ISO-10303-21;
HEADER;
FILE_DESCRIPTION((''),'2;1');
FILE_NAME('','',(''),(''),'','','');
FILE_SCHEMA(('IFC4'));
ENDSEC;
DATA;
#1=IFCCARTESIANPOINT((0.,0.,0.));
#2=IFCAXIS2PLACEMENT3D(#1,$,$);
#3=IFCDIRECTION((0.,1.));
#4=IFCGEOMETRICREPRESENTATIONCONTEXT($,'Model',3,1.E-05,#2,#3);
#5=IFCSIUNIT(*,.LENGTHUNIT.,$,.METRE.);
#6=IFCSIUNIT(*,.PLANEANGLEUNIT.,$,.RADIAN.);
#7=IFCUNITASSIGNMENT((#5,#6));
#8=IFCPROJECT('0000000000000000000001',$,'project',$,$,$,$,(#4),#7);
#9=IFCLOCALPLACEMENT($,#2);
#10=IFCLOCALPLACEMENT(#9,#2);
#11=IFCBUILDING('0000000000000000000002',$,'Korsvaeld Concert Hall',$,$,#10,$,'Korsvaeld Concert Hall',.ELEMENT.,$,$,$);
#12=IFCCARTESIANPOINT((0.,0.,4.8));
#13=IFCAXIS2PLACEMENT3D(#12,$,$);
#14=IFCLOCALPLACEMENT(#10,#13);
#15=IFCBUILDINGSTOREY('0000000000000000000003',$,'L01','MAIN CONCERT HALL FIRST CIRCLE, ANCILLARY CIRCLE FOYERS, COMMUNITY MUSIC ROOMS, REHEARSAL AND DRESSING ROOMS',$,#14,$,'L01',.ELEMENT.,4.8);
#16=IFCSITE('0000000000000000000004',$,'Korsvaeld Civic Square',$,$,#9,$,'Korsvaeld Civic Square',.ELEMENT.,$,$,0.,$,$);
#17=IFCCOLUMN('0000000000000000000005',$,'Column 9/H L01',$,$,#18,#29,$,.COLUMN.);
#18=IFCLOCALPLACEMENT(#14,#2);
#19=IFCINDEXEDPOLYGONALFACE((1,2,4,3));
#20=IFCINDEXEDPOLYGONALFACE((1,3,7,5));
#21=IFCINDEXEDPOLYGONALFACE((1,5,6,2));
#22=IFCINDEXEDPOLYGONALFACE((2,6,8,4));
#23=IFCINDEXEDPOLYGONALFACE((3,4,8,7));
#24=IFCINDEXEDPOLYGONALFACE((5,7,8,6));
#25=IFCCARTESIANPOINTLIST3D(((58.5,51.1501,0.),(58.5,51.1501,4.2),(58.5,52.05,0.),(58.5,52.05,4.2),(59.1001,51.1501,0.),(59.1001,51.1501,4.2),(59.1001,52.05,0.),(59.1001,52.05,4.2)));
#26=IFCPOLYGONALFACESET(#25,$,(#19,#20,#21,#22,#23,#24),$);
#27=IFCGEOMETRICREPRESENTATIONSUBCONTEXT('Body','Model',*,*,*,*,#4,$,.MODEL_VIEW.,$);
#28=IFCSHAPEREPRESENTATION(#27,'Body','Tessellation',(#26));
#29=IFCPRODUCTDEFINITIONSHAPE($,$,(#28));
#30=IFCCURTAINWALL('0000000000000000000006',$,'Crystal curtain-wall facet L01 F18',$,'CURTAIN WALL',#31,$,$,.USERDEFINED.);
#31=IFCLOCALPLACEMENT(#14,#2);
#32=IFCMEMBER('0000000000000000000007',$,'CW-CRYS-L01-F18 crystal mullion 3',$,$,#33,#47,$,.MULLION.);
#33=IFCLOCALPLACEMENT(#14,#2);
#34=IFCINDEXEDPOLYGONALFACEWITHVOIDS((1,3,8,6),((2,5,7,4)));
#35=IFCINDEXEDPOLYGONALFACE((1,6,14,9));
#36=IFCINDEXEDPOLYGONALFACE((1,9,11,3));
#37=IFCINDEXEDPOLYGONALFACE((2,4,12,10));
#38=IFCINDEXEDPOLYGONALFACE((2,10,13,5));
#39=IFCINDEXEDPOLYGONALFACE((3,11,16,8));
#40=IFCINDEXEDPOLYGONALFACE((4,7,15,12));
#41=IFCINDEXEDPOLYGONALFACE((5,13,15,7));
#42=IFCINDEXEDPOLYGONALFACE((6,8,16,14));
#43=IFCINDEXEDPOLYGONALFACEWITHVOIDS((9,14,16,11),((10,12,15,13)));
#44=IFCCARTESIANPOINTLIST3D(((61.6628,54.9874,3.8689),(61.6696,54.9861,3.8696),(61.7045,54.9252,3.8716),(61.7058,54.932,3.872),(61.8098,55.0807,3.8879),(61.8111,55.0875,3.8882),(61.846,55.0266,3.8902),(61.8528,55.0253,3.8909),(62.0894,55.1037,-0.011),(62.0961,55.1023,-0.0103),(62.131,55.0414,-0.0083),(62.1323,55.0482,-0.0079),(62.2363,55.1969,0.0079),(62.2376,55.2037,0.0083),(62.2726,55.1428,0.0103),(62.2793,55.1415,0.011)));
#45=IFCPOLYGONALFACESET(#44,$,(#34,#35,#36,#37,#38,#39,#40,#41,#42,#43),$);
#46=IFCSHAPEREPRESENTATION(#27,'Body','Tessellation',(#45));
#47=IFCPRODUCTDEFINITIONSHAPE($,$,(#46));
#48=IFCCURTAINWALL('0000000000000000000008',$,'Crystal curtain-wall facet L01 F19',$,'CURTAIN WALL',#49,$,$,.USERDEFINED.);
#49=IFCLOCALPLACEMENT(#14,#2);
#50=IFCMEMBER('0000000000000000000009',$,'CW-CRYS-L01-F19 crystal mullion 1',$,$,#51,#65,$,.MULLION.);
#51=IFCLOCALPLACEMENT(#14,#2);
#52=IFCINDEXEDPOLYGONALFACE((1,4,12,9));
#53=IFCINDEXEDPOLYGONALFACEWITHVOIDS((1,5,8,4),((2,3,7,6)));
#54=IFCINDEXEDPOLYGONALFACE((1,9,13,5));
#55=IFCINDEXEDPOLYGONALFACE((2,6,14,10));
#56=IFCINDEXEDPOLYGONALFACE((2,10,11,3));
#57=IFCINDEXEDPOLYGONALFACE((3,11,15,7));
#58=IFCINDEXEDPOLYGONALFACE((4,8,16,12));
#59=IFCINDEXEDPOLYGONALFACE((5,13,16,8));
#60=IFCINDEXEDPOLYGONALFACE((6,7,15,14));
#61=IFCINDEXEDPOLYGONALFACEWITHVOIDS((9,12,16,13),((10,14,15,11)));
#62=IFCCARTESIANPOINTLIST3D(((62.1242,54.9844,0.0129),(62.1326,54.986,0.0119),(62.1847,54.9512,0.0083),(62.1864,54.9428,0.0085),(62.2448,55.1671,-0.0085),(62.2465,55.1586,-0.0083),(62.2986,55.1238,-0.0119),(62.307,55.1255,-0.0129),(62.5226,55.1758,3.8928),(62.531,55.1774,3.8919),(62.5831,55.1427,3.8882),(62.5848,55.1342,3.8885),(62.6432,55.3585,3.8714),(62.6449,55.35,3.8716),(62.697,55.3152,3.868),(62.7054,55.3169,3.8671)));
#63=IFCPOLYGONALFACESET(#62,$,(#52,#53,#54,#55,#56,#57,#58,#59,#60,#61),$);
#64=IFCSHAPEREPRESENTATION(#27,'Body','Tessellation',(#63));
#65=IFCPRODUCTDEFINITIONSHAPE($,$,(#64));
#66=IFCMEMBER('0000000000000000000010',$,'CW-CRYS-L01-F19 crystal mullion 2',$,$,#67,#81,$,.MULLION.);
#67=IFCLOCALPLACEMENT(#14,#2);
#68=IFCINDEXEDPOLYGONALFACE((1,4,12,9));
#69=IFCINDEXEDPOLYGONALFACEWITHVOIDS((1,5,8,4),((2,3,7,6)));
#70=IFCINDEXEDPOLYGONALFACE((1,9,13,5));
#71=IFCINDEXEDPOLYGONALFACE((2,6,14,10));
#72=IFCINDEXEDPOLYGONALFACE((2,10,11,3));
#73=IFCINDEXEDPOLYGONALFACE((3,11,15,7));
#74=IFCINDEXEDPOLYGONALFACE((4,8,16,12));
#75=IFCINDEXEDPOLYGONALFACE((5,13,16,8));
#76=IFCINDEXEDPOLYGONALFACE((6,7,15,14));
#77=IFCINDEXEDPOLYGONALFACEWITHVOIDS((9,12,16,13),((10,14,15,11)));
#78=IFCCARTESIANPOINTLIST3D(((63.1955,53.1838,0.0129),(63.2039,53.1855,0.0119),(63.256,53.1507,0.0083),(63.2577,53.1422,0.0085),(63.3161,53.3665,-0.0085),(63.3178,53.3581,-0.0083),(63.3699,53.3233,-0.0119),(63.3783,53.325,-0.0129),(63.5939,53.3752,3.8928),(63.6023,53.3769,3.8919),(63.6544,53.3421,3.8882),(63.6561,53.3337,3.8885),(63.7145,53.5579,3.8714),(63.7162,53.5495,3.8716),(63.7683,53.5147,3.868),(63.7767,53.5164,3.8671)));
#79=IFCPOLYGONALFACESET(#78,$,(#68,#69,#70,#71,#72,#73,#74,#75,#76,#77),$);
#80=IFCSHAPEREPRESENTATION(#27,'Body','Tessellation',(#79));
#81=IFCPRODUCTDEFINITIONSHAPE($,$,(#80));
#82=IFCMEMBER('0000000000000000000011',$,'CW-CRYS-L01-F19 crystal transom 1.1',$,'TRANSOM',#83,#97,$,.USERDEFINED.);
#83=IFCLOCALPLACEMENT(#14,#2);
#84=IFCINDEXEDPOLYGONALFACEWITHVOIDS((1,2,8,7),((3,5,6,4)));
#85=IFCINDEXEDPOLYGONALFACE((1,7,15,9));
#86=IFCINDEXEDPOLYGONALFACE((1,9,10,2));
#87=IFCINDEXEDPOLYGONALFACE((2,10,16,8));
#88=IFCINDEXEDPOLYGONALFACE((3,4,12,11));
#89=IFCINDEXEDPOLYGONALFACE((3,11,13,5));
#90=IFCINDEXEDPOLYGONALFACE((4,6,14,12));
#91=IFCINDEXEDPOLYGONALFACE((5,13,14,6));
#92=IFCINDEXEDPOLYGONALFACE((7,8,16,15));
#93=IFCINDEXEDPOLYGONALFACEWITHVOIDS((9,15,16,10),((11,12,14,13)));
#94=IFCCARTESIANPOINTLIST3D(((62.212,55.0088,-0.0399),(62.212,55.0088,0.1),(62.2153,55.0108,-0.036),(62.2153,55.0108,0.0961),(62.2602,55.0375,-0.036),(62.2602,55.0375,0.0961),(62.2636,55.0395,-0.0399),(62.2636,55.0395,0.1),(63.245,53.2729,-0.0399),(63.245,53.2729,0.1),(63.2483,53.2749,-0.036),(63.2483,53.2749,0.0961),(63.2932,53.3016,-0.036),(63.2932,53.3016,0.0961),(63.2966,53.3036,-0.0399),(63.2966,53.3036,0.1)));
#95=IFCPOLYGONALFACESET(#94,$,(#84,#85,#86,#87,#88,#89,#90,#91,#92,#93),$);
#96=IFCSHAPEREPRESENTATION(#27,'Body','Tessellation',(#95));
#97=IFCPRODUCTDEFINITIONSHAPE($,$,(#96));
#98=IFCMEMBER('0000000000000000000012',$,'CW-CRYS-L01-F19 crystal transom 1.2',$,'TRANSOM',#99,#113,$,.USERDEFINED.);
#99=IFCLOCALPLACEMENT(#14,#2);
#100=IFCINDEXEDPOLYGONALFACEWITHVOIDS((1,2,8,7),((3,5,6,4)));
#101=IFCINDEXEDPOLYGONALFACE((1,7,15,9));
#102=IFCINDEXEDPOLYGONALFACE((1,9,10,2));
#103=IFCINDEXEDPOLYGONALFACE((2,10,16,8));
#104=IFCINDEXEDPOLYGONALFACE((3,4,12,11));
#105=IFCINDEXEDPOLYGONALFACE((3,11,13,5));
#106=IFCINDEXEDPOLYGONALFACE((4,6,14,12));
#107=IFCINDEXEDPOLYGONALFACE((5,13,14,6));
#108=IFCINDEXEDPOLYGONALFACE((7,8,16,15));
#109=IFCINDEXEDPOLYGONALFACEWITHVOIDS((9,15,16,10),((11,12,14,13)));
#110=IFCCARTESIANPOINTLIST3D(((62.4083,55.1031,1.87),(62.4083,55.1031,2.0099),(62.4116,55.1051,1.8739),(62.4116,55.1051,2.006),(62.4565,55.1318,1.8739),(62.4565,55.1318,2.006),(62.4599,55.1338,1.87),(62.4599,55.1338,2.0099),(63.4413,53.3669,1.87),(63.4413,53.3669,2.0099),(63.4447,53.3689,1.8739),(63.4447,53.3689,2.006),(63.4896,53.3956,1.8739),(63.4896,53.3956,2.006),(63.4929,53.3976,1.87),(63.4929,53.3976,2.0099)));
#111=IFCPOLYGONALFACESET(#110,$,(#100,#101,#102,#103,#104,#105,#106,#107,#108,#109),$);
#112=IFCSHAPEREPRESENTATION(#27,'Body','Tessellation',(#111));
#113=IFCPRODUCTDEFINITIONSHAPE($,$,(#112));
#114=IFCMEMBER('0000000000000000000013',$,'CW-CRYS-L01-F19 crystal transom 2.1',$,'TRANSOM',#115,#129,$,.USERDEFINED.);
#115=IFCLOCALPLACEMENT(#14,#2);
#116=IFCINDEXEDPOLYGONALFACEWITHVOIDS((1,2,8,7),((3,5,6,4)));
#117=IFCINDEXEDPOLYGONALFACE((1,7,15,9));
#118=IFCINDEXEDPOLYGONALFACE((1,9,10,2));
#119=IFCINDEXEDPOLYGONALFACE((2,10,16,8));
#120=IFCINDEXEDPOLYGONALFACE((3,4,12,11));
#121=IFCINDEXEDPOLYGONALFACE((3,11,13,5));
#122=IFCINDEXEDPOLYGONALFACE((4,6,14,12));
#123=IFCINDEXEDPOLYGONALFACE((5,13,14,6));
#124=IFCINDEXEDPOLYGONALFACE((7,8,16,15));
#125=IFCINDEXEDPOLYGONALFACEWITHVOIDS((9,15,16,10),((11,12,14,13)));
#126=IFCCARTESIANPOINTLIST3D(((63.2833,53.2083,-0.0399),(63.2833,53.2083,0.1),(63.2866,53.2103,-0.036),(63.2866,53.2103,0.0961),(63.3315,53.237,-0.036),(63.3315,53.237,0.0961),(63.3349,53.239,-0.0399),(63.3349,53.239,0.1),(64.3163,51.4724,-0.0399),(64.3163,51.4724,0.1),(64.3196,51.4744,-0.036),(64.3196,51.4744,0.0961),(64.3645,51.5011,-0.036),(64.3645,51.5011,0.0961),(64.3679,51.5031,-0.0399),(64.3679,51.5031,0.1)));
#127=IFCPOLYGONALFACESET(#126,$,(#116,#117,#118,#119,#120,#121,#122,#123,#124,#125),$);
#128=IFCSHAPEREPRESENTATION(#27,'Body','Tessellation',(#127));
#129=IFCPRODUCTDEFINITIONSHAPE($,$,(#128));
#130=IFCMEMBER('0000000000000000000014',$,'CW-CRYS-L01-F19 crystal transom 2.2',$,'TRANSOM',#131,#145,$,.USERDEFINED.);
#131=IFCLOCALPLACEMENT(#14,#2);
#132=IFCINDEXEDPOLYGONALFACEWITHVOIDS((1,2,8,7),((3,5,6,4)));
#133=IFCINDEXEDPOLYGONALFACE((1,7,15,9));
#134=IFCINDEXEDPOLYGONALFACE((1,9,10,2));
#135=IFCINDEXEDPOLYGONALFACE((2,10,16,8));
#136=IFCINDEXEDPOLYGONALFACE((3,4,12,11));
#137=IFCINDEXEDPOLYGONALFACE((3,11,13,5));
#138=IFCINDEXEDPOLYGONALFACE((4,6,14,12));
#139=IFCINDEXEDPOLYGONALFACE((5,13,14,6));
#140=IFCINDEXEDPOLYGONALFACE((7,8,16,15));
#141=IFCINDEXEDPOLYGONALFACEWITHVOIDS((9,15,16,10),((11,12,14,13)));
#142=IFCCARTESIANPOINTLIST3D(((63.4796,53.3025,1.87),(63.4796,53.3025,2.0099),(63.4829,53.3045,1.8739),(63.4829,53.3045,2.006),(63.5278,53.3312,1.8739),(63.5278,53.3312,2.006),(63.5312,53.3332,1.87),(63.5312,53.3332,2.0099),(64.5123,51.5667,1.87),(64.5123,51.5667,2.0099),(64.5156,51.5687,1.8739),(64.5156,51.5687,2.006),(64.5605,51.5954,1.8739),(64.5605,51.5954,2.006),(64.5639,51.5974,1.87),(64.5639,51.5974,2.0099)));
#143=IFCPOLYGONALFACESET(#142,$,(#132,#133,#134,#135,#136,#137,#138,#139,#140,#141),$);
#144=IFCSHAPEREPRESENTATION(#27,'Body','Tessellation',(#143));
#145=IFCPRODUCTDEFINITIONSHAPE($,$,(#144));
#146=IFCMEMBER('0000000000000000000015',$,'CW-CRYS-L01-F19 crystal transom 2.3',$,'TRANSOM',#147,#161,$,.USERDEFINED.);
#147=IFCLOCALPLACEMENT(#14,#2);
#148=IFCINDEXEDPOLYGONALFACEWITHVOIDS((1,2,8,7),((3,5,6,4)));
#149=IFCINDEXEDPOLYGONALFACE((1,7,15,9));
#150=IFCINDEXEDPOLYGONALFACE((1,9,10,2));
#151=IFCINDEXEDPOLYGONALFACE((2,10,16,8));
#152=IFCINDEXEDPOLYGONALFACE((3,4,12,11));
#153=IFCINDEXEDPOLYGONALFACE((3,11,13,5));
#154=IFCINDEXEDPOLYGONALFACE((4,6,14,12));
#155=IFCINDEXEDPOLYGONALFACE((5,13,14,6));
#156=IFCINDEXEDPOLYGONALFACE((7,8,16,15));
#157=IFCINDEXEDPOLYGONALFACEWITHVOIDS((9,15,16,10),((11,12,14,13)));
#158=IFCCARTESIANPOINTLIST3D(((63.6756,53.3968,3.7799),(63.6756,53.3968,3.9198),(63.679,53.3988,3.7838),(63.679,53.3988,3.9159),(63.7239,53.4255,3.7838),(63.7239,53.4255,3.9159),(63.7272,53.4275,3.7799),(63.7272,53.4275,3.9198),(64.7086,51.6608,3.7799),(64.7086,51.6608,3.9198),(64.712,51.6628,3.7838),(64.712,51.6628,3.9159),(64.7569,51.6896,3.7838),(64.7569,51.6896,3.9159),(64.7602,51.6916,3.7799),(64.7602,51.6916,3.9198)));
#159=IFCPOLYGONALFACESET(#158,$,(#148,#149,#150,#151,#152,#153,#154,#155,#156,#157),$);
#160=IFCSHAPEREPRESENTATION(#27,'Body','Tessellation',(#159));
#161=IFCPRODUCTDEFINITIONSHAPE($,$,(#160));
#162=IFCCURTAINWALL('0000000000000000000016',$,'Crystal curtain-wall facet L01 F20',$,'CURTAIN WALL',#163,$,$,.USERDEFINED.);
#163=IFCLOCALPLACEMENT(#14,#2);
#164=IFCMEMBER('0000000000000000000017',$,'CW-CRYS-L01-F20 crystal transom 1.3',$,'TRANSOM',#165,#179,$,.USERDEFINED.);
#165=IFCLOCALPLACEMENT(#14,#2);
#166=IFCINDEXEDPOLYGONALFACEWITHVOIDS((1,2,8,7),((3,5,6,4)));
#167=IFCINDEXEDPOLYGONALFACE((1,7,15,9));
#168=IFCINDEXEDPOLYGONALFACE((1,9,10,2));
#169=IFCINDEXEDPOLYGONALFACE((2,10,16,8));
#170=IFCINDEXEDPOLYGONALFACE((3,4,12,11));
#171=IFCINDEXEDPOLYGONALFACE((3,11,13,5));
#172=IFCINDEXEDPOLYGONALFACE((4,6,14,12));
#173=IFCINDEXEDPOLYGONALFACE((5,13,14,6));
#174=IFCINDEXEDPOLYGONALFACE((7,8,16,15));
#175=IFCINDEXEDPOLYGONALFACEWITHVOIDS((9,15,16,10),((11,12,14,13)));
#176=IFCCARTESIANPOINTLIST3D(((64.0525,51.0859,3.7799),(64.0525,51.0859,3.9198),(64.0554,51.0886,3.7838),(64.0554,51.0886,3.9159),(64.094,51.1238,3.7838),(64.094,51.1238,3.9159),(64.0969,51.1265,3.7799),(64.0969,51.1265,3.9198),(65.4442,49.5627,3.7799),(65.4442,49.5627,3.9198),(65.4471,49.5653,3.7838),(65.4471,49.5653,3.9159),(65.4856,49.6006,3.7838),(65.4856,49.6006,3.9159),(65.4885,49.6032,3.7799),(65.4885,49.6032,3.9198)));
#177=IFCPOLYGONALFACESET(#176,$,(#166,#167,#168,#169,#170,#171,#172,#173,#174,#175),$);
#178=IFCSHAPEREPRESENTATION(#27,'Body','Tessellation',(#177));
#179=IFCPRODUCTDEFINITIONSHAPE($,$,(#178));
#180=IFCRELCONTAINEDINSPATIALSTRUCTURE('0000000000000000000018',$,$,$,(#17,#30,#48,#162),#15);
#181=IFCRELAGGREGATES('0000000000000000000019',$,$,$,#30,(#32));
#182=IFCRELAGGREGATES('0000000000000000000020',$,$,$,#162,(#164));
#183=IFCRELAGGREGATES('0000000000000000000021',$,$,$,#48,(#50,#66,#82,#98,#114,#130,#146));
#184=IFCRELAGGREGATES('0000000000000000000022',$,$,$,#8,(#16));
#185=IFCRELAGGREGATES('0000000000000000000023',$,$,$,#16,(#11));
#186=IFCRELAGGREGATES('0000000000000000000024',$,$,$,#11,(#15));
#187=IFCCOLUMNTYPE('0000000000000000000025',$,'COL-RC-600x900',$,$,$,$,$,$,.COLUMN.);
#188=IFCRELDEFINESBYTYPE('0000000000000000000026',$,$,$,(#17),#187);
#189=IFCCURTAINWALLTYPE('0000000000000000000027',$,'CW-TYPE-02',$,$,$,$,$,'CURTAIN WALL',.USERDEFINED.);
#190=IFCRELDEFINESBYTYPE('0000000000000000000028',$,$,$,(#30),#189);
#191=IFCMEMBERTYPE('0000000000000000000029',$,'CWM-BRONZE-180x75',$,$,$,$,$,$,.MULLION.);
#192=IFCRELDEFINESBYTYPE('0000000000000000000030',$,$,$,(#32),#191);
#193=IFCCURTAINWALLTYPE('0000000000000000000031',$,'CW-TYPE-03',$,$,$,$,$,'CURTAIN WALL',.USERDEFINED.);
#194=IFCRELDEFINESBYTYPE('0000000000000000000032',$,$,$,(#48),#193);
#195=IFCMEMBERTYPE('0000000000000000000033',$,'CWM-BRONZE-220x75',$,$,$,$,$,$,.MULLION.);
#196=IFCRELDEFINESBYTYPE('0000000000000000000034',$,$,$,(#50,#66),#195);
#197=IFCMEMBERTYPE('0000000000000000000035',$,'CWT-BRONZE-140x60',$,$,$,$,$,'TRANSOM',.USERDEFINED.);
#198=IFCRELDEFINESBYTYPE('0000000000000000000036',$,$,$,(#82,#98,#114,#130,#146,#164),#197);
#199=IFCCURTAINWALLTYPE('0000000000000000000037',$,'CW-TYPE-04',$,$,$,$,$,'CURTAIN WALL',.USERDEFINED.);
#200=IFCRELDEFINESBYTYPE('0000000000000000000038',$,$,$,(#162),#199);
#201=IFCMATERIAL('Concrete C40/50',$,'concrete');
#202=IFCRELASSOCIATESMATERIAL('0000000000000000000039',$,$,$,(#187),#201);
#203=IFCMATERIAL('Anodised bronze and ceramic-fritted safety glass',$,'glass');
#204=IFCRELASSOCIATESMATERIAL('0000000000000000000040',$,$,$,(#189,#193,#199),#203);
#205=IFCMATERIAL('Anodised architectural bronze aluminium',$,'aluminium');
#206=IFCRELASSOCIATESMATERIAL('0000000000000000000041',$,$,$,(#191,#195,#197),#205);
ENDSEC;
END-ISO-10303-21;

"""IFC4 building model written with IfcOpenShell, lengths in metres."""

from ifc_helpers import new_model, si_unit, direction, frame, origin, origin_2d, place, context, subcontext, project, spatial, rectangle, hollow_rectangle, extrude, material, material_profile, profile_set, type_object, element, aggregate, save


model = new_model("IFC4")

# Units and contexts
model_context = context("Model", 3, precision=1e-05, world=origin(), true_north=direction((0.0, 1.0)))
body_context = subcontext(model_context, "Body", "Model", "MODEL_VIEW")
ifc_project = project(units=[si_unit("LENGTHUNIT", "METRE"), si_unit("PLANEANGLEUNIT", "RADIAN")], contexts=[model_context])

# Site, building, storey
site_placement = place(None, origin())
site = spatial("IfcSite", under=ifc_project, at=site_placement, Name="Korsvaeld Civic Square", LongName="Korsvaeld Civic Square", CompositionType="ELEMENT", RefElevation=0.0)
building_placement = place(site_placement, origin())
building = spatial("IfcBuilding", under=site, at=building_placement, Name="Korsvaeld Concert Hall", LongName="Korsvaeld Concert Hall", CompositionType="ELEMENT")
storey_placement = place(building_placement, frame((0.0, 0.0, 4.8)))
storey = spatial("IfcBuildingStorey", under=building, at=storey_placement, Name="L01", Description="MAIN CONCERT HALL FIRST CIRCLE, ANCILLARY CIRCLE FOYERS, COMMUNITY MUSIC ROOMS, REHEARSAL AND DRESSING ROOMS", LongName="L01", CompositionType="ELEMENT", Elevation=4.8)

# Column
ifc_material_1 = material(Name="Concrete C40/50", Category="concrete")
ifc_material_profile_1 = material_profile(ifc_material_1, rectangle(XDim=0.6001, YDim=0.8999, at=origin_2d()), Name="RC 600x900")
ifc_profile_set_1 = profile_set([ifc_material_profile_1], Name="Concrete C40/50")
column_type = type_object("IfcColumnType", Name="COL-RC-600x900", PredefinedType="COLUMN", material=ifc_profile_set_1)
column_placement = place(storey_placement, frame((58.8, 51.6001, 0.0), z_axis=(0.0, 0.0, 1.0), x_axis=(1.0, 0.0, 0.0)))
element("IfcColumn", 1, at=column_placement, inside=storey, type_object=column_type, Name="Column 9/H L01", PredefinedType="COLUMN", context=body_context, shape_type="SweptSolid", body=[
    extrude(rectangle(XDim=0.6001, YDim=0.8999, at=origin_2d()), origin(), (0.0, 0.0, 1.0), 4.2),
])

# Curtain wall, member
ifc_material_2 = material(Name="Anodised bronze and ceramic-fritted safety glass", Category="glass")
curtain_wall_type_1 = type_object("IfcCurtainWallType", Name="CW-TYPE-02", ElementType="CURTAIN WALL", PredefinedType="USERDEFINED", material=ifc_material_2)
curtain_wall_1_placement = place(storey_placement, origin())
curtain_wall_1 = element("IfcCurtainWall", 2, at=curtain_wall_1_placement, inside=storey, type_object=curtain_wall_type_1, Name="Crystal curtain-wall facet L01 F18", ObjectType="CURTAIN WALL", PredefinedType="USERDEFINED")
ifc_material_3 = material(Name="Anodised architectural bronze aluminium", Category="aluminium")
ifc_material_profile_2 = material_profile(ifc_material_3, hollow_rectangle(XDim=0.075, YDim=0.1799, WallThickness=0.0049, at=origin_2d()), Name="CWM 180x75x5")
ifc_profile_set_2 = profile_set([ifc_material_profile_2], Name="Anodised architectural bronze aluminium")
member_type_1 = type_object("IfcMemberType", Name="CWM-BRONZE-180x75", PredefinedType="MULLION", material=ifc_profile_set_2)
member_1_placement = place(storey_placement, frame((62.1843, 55.1226, 0.0), z_axis=(-0.109223, -0.02976, 0.993572), x_axis=(0.555751, -0.830559, 0.036216)))
member_1 = element("IfcMember", 3, at=member_1_placement, type_object=member_type_1, Name="CW-CRYS-L01-F18 crystal mullion 3", PredefinedType="MULLION", context=body_context, shape_type="SweptSolid", body=[
    extrude(hollow_rectangle(XDim=0.075, YDim=0.1799, WallThickness=0.0049, at=origin_2d()), origin(), (0.0, 0.0, 1.0), 3.905),
])
aggregate(curtain_wall_1, [member_1])

# Curtain wall, members
curtain_wall_type_2 = type_object("IfcCurtainWallType", Name="CW-TYPE-03", ElementType="CURTAIN WALL", PredefinedType="USERDEFINED", material=ifc_material_2)
curtain_wall_2_placement = place(storey_placement, origin())
curtain_wall_2 = element("IfcCurtainWall", 4, at=curtain_wall_2_placement, inside=storey, type_object=curtain_wall_type_2, Name="Crystal curtain-wall facet L01 F19", ObjectType="CURTAIN WALL", PredefinedType="USERDEFINED")
ifc_material_profile_3 = material_profile(ifc_material_3, hollow_rectangle(XDim=0.075, YDim=0.22, WallThickness=0.0061, at=origin_2d()), Name="CWM 220x75x6")
ifc_profile_set_3 = profile_set([ifc_material_profile_3], Name="Anodised architectural bronze aluminium")
member_type_2 = type_object("IfcMemberType", Name="CWM-BRONZE-220x75", PredefinedType="MULLION", material=ifc_profile_set_3)
member_2_placement = place(storey_placement, frame((62.2156, 55.0549, 0.0), z_axis=(0.102033, 0.049016, 0.993573), x_axis=(-0.830086, 0.554624, 0.057883)))
member_2 = element("IfcMember", 5, at=member_2_placement, type_object=member_type_2, Name="CW-CRYS-L01-F19 crystal mullion 1", PredefinedType="MULLION", context=body_context, shape_type="SweptSolid", body=[
    extrude(hollow_rectangle(XDim=0.075, YDim=0.22, WallThickness=0.0061, at=origin_2d()), origin(), (0.0, 0.0, 1.0), 3.905),
])
member_3_placement = place(storey_placement, frame((63.2869, 53.2544, 0.0), z_axis=(0.102033, 0.049016, 0.993573), x_axis=(-0.830086, 0.554624, 0.057883)))
member_3 = element("IfcMember", 6, at=member_3_placement, type_object=member_type_2, Name="CW-CRYS-L01-F19 crystal mullion 2", PredefinedType="MULLION", context=body_context, shape_type="SweptSolid", body=[
    extrude(hollow_rectangle(XDim=0.075, YDim=0.22, WallThickness=0.0061, at=origin_2d()), origin(), (0.0, 0.0, 1.0), 3.905),
])
ifc_material_profile_4 = material_profile(ifc_material_3, hollow_rectangle(XDim=0.0601, YDim=0.1399, WallThickness=0.0039, at=origin_2d()), Name="CWT 140x60x4")
ifc_profile_set_4 = profile_set([ifc_material_profile_4], Name="Anodised architectural bronze aluminium")
member_type_3 = type_object("IfcMemberType", Name="CWT-BRONZE-140x60", ElementType="TRANSOM", PredefinedType="USERDEFINED", material=ifc_profile_set_4)
member_4_placement = place(storey_placement, frame((62.2378, 55.0242, 0.03), z_axis=(0.511382, -0.859354, 0.0), x_axis=(0.859354, 0.511382, 0.0)))
member_4 = element("IfcMember", 7, at=member_4_placement, type_object=member_type_3, Name="CW-CRYS-L01-F19 crystal transom 1.1", ObjectType="TRANSOM", PredefinedType="USERDEFINED", context=body_context, shape_type="SweptSolid", body=[
    extrude(hollow_rectangle(XDim=0.0601, YDim=0.1399, WallThickness=0.0039, at=origin_2d()), origin(), (0.0, 0.0, 1.0), 2.02),
])
member_5_placement = place(storey_placement, frame((62.4341, 55.1184, 1.9399), z_axis=(0.511329, -0.859385, 0.0), x_axis=(0.859385, 0.511329, 0.0)))
member_5 = element("IfcMember", 8, at=member_5_placement, type_object=member_type_3, Name="CW-CRYS-L01-F19 crystal transom 1.2", ObjectType="TRANSOM", PredefinedType="USERDEFINED", context=body_context, shape_type="SweptSolid", body=[
    extrude(hollow_rectangle(XDim=0.0601, YDim=0.1399, WallThickness=0.0039, at=origin_2d()), origin(), (0.0, 0.0, 1.0), 2.0203),
])
member_6_placement = place(storey_placement, frame((63.3091, 53.2236, 0.03), z_axis=(0.511382, -0.859354, 0.0), x_axis=(0.859354, 0.511382, 0.0)))
member_6 = element("IfcMember", 9, at=member_6_placement, type_object=member_type_3, Name="CW-CRYS-L01-F19 crystal transom 2.1", ObjectType="TRANSOM", PredefinedType="USERDEFINED", context=body_context, shape_type="SweptSolid", body=[
    extrude(hollow_rectangle(XDim=0.0601, YDim=0.1399, WallThickness=0.0039, at=origin_2d()), origin(), (0.0, 0.0, 1.0), 2.02),
])
member_7_placement = place(storey_placement, frame((63.5054, 53.3179, 1.9399), z_axis=(0.511293, -0.859407, 0.0), x_axis=(0.859407, 0.511293, 0.0)))
member_7 = element("IfcMember", 10, at=member_7_placement, type_object=member_type_3, Name="CW-CRYS-L01-F19 crystal transom 2.2", ObjectType="TRANSOM", PredefinedType="USERDEFINED", context=body_context, shape_type="SweptSolid", body=[
    extrude(hollow_rectangle(XDim=0.0601, YDim=0.1399, WallThickness=0.0039, at=origin_2d()), origin(), (0.0, 0.0, 1.0), 2.0198),
])
member_8_placement = place(storey_placement, frame((63.7014, 53.4121, 3.8499), z_axis=(0.511382, -0.859354, 0.0), x_axis=(0.859354, 0.511382, 0.0)))
member_8 = element("IfcMember", 11, at=member_8_placement, type_object=member_type_3, Name="CW-CRYS-L01-F19 crystal transom 2.3", ObjectType="TRANSOM", PredefinedType="USERDEFINED", context=body_context, shape_type="SweptSolid", body=[
    extrude(hollow_rectangle(XDim=0.0601, YDim=0.1399, WallThickness=0.0039, at=origin_2d()), origin(), (0.0, 0.0, 1.0), 2.02),
])

# Curtain wall, member
curtain_wall_type_3 = type_object("IfcCurtainWallType", Name="CW-TYPE-04", ElementType="CURTAIN WALL", PredefinedType="USERDEFINED", material=ifc_material_2)
curtain_wall_3_placement = place(storey_placement, origin())
curtain_wall_3 = element("IfcCurtainWall", 12, at=curtain_wall_3_placement, inside=storey, type_object=curtain_wall_type_3, Name="Crystal curtain-wall facet L01 F20", ObjectType="CURTAIN WALL", PredefinedType="USERDEFINED")
member_9_placement = place(storey_placement, frame((64.0747, 51.1062, 3.8499), z_axis=(0.674497, -0.738278, 0.0), x_axis=(0.738278, 0.674497, 0.0)))
member_9 = element("IfcMember", 13, at=member_9_placement, type_object=member_type_3, Name="CW-CRYS-L01-F20 crystal transom 1.3", ObjectType="TRANSOM", PredefinedType="USERDEFINED", context=body_context, shape_type="SweptSolid", body=[
    extrude(hollow_rectangle(XDim=0.0601, YDim=0.1399, WallThickness=0.0039, at=origin_2d()), origin(), (0.0, 0.0, 1.0), 2.0632),
])
aggregate(curtain_wall_3, [member_9])

aggregate(curtain_wall_2, [member_2, member_3, member_4, member_5, member_6, member_7, member_8])

save(model, "model.ifc")
